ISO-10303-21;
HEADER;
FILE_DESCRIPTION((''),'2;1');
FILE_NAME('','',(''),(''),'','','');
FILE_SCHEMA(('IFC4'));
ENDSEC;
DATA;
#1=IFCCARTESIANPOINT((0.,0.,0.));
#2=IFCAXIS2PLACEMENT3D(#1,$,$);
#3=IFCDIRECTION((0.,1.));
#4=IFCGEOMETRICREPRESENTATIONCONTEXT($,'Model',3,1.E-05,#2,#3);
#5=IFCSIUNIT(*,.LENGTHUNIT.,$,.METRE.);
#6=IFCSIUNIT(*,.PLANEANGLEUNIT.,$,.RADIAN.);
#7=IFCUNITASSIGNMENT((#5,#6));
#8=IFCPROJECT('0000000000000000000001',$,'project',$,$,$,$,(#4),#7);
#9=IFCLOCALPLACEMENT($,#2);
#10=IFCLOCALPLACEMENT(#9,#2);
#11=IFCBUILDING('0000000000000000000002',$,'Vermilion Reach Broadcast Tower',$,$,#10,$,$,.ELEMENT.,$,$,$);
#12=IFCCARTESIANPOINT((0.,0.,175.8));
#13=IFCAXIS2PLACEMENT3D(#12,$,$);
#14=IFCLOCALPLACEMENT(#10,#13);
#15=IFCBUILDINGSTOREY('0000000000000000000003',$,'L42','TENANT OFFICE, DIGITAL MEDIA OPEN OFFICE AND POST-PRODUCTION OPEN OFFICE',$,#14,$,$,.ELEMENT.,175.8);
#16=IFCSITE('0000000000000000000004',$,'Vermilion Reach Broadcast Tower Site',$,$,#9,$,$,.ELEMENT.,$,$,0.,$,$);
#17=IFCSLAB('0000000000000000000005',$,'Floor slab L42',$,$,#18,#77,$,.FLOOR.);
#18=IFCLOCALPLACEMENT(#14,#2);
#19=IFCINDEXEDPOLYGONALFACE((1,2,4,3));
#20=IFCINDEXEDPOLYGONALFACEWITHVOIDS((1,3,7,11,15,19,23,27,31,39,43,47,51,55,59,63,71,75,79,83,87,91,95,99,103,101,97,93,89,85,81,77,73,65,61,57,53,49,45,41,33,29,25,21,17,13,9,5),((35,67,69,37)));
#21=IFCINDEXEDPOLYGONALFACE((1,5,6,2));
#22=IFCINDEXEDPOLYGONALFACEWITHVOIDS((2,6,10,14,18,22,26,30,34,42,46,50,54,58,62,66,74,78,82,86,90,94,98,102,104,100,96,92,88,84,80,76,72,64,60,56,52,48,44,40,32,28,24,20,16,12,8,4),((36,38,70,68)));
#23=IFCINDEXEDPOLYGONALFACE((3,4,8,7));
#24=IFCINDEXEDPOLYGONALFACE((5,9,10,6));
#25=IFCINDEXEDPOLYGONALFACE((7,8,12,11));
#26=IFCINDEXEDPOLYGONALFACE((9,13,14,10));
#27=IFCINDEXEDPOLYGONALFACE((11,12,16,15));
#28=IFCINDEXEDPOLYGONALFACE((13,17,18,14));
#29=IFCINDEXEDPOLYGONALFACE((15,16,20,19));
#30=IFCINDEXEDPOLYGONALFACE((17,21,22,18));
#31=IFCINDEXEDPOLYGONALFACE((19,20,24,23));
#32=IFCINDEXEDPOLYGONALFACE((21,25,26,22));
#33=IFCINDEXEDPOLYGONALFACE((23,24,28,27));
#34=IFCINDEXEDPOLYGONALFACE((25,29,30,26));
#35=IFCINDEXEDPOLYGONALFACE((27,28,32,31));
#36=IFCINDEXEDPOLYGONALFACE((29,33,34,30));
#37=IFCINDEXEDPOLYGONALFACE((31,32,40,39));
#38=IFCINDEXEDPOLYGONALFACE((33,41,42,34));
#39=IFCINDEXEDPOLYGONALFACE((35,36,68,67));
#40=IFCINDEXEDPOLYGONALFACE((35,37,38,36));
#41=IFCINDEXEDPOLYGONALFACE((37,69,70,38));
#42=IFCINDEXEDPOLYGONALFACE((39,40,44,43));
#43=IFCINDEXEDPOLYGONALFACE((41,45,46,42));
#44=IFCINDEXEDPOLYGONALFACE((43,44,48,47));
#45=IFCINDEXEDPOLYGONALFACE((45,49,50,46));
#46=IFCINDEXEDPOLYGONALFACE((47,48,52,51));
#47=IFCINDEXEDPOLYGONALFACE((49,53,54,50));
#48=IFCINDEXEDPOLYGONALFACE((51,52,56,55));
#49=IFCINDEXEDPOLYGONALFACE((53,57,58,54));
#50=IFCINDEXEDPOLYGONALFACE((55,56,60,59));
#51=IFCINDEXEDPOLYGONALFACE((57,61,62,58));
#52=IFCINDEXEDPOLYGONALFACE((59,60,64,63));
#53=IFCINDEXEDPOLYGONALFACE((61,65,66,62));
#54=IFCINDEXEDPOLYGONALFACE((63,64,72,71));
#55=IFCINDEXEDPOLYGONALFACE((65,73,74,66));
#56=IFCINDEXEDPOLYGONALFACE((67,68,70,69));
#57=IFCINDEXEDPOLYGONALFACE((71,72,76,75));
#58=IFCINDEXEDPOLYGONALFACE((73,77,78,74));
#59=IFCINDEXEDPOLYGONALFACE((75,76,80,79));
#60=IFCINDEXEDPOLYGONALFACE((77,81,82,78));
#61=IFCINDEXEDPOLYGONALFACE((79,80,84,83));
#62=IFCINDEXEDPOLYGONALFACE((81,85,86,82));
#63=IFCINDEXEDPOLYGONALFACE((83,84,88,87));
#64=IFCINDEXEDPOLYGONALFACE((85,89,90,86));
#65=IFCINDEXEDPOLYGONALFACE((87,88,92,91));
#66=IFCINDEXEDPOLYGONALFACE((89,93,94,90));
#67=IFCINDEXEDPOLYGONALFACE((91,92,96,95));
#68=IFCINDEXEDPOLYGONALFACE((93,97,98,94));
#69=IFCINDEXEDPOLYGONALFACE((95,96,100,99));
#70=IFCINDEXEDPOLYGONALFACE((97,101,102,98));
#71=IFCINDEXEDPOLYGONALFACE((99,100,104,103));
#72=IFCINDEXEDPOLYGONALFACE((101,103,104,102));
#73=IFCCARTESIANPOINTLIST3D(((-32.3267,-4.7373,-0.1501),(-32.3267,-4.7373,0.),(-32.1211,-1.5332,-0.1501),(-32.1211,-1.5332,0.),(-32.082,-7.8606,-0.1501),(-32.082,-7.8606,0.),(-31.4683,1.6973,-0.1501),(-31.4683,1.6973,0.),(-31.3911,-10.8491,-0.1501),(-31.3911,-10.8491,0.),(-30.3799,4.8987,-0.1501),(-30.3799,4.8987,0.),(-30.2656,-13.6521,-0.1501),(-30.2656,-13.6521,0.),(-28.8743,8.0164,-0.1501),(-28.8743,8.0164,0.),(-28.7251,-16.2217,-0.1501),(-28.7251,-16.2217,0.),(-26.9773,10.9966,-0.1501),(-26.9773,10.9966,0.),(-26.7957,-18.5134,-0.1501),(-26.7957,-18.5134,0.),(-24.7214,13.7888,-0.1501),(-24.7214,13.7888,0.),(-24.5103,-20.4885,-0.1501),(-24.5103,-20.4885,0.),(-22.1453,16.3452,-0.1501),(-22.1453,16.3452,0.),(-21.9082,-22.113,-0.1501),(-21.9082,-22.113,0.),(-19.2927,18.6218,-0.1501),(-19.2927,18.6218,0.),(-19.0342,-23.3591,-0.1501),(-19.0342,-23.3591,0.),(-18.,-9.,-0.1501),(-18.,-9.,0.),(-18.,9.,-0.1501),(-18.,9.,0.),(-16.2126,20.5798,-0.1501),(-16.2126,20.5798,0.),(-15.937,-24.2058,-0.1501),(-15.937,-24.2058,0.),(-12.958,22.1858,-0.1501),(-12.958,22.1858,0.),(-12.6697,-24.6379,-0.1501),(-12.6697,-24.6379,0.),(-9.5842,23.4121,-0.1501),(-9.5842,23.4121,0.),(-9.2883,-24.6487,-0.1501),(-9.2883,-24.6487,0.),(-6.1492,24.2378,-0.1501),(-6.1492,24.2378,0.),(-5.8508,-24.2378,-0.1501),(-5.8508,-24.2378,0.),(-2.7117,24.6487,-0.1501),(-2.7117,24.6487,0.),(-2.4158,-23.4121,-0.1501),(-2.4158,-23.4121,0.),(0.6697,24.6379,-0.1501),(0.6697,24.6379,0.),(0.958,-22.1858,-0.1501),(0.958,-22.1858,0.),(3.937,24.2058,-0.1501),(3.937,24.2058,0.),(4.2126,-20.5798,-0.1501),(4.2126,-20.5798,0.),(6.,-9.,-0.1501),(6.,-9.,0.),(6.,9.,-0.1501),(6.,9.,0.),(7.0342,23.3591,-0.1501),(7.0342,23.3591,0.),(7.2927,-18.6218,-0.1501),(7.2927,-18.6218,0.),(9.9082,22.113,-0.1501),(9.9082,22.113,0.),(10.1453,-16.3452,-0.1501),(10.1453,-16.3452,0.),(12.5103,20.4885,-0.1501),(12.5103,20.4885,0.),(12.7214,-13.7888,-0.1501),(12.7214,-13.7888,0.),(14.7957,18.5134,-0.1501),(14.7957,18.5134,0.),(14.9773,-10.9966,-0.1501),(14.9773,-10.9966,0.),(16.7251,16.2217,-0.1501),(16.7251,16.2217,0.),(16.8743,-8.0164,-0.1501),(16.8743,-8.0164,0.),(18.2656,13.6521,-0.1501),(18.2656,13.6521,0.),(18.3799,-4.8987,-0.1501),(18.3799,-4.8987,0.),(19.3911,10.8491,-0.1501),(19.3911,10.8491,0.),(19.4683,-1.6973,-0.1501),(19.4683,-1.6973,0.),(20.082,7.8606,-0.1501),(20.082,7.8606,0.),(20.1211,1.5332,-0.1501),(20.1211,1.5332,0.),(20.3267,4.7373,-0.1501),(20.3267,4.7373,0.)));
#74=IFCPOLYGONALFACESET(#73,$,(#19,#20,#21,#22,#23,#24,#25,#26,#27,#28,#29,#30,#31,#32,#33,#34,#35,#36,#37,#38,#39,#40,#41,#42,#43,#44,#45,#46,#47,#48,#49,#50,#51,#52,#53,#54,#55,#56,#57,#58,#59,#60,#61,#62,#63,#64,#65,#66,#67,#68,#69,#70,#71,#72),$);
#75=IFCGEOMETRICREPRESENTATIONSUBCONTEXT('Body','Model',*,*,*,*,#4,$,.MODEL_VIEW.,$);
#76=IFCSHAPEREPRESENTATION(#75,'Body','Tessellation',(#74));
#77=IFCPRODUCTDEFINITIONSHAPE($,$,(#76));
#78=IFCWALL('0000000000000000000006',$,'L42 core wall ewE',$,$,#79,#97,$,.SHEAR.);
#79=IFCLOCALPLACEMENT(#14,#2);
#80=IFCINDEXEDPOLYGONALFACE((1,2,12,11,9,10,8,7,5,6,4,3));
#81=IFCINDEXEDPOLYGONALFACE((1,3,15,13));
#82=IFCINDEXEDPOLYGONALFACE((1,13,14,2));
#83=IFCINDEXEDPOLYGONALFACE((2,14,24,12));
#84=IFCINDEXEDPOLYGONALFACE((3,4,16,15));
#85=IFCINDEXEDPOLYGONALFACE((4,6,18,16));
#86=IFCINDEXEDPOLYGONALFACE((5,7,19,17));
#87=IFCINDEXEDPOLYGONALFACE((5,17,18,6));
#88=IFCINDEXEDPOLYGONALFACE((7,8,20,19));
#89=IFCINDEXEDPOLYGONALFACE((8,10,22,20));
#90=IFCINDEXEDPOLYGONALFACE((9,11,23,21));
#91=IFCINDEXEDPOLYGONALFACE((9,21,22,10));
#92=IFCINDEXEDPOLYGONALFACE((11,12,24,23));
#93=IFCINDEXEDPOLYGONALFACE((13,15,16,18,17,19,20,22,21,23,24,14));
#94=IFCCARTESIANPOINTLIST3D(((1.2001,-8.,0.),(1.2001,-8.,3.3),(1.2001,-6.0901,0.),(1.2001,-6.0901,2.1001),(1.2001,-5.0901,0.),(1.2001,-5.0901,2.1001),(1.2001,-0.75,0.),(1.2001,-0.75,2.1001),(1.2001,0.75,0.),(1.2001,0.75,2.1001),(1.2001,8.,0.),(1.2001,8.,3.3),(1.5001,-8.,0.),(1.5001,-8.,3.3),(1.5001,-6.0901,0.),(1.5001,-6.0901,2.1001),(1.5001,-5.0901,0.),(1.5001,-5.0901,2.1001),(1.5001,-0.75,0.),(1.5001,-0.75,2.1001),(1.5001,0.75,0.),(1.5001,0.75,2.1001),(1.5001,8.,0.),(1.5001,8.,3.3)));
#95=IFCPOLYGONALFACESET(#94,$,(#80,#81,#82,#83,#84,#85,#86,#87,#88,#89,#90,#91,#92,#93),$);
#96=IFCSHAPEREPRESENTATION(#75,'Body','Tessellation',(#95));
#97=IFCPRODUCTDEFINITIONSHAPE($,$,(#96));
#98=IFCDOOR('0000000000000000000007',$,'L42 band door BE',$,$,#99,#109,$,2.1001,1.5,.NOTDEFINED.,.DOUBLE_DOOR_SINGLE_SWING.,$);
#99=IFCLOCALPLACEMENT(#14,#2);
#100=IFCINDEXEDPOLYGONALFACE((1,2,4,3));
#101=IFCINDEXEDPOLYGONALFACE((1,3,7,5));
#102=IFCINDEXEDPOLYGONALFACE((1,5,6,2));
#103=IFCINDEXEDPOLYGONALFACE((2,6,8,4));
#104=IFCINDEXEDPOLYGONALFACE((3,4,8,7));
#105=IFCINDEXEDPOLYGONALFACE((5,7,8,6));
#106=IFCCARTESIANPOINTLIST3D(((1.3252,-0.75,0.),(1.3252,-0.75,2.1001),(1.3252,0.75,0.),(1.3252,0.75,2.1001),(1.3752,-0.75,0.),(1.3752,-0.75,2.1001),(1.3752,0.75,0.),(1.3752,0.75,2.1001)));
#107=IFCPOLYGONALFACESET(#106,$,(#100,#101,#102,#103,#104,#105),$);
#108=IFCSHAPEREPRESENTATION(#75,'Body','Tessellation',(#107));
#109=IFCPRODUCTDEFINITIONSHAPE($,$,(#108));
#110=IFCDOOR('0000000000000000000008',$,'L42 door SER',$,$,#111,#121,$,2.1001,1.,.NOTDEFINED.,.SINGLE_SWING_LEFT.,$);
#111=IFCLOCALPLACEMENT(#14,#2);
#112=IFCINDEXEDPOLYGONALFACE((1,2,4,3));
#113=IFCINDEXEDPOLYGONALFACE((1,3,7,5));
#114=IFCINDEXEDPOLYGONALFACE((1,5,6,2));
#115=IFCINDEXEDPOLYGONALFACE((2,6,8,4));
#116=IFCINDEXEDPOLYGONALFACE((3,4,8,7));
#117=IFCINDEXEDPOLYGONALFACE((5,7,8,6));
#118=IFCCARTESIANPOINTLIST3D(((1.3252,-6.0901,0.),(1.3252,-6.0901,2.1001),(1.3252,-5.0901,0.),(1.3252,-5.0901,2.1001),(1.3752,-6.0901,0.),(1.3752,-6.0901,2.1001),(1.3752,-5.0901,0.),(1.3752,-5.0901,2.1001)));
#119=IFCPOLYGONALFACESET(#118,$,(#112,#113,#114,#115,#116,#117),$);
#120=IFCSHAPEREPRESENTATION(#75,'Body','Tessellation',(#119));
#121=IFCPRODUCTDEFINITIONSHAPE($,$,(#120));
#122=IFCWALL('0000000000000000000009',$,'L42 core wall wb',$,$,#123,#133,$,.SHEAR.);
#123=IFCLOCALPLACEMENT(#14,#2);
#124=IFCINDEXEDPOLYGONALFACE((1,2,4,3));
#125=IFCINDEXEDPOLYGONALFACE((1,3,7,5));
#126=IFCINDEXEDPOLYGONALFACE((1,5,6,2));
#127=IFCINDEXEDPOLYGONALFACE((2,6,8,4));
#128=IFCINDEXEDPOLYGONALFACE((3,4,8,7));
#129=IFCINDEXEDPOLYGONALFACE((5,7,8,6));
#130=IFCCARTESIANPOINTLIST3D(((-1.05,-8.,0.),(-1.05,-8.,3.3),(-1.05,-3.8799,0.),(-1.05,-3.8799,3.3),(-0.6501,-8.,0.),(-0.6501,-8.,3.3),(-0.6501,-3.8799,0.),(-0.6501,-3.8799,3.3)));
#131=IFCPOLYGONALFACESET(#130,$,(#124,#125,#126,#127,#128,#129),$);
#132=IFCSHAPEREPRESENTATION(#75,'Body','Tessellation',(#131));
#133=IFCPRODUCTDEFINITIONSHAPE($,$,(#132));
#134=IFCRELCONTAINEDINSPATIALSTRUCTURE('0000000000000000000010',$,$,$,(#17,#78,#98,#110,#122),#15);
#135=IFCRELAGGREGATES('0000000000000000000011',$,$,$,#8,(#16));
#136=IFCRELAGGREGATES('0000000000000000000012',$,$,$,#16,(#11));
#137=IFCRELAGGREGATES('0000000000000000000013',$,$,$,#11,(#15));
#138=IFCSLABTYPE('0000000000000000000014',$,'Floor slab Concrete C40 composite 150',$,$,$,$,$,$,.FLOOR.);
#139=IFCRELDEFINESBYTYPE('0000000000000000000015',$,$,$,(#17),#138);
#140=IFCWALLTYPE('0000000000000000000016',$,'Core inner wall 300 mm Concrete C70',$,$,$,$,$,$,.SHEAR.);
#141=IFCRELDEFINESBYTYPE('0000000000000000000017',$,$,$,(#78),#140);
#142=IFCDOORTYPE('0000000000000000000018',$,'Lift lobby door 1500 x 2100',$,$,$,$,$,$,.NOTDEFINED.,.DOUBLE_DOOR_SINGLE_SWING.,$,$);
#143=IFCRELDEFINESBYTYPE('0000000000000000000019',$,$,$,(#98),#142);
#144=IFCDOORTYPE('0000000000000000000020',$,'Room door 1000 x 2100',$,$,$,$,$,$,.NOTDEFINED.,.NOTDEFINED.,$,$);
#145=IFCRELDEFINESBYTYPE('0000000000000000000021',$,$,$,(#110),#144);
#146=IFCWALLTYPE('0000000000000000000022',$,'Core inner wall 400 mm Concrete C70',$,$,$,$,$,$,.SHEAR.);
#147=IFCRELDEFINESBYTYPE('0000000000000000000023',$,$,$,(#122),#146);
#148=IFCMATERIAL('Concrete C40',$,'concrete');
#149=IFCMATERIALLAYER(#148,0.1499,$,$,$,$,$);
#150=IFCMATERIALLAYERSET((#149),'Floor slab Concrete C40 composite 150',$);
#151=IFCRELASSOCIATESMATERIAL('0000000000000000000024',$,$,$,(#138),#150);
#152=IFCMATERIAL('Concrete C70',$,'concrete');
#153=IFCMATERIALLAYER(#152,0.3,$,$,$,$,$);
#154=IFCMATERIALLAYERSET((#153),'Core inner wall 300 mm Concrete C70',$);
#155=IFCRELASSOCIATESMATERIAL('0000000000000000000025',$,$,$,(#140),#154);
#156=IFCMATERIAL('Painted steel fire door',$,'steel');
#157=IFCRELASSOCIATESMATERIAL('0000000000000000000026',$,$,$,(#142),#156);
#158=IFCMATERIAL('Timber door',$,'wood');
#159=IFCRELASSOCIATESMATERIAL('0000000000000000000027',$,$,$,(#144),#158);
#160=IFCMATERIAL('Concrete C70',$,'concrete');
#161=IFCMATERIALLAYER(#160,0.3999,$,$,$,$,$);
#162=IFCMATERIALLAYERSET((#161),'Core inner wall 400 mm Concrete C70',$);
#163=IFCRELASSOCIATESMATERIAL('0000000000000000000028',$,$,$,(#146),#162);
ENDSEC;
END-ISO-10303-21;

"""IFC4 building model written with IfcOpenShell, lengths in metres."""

from ifc_helpers import new_model, si_unit, direction, frame, frame_2d, origin, place, context, subcontext, project, spatial, polyline, rectangle, outline, extrude, material, layer, layer_set, type_object, element, fill, save


model = new_model("IFC4")

# Units and contexts
model_context = context("Model", 3, precision=1e-05, world=origin(), true_north=direction((0.0, 1.0)))
body_context = subcontext(model_context, "Body", "Model", "MODEL_VIEW")
ifc_project = project(units=[si_unit("LENGTHUNIT", "METRE"), si_unit("PLANEANGLEUNIT", "RADIAN")], contexts=[model_context])

# Site, building, storey
site_placement = place(None, origin())
site = spatial("IfcSite", under=ifc_project, at=site_placement, Name="Vermilion Reach Broadcast Tower Site", CompositionType="ELEMENT", RefElevation=0.0)
building_placement = place(site_placement, origin())
building = spatial("IfcBuilding", under=site, at=building_placement, Name="Vermilion Reach Broadcast Tower", CompositionType="ELEMENT")
storey_placement = place(building_placement, frame((0.0, 0.0, 175.8)))
storey = spatial("IfcBuildingStorey", under=building, at=storey_placement, Name="L42", Description="TENANT OFFICE, DIGITAL MEDIA OPEN OFFICE AND POST-PRODUCTION OPEN OFFICE", CompositionType="ELEMENT", Elevation=175.8)

# Slab
ifc_material_1 = material(Name="Concrete C40", Category="concrete")
ifc_layer_1 = layer(ifc_material_1, 0.1499)
ifc_layer_set_1 = layer_set([ifc_layer_1], Name="Floor slab Concrete C40 composite 150")
slab_type_1 = type_object("IfcSlabType", Name="Floor slab Concrete C40 composite 150", PredefinedType="FLOOR", material=ifc_layer_set_1)
slab_1_placement = place(storey_placement, frame((0.0, 0.0, -0.1501)))
element("IfcSlab", 1, at=slab_1_placement, inside=storey, type_object=slab_type_1, Name="Floor slab L42", PredefinedType="FLOOR", context=body_context, shape_type="SweptSolid", body=[
    extrude(outline(polyline([(16.7251, 16.2217), (14.7957, 18.5134), (12.5103, 20.4885), (9.9082, 22.113), (7.0342, 23.3591), (3.937, 24.2058), (0.6697, 24.6379), (-2.7117, 24.6487), (-6.1492, 24.2378), (-9.5842, 23.4121), (-12.958, 22.1858), (-16.2126, 20.5798), (-19.2927, 18.6218), (-22.1453, 16.3452), (-24.7214, 13.7888), (-26.9773, 10.9966), (-28.8743, 8.0164), (-30.3799, 4.8987), (-31.4683, 1.6973), (-32.1211, -1.5332), (-32.3267, -4.7373), (-32.082, -7.8606), (-31.3911, -10.8491), (-30.2656, -13.6521), (-28.7251, -16.2217), (-26.7957, -18.5134), (-24.5103, -20.4885), (-21.9082, -22.113), (-19.0342, -23.3591), (-15.937, -24.2058), (-12.6697, -24.6379), (-9.2883, -24.6487), (-5.8508, -24.2378), (-2.4158, -23.4121), (0.958, -22.1858), (4.2126, -20.5798), (7.2927, -18.6218), (10.1453, -16.3452), (12.7214, -13.7888), (14.9773, -10.9966), (16.8743, -8.0164), (18.3799, -4.8987), (19.4683, -1.6973), (20.1211, 1.5332), (20.3267, 4.7373), (20.082, 7.8606), (19.3911, 10.8491), (18.2656, 13.6521), (16.7251, 16.2217)]), holes=[polyline([(-18.0, -9.0), (6.0, -9.0), (6.0, 9.0), (-18.0, 9.0), (-18.0, -9.0)])]), origin(), (0.0, 0.0, 1.0), 0.1501),
])

# Wall, openings, doors
ifc_material_2 = material(Name="Concrete C70", Category="concrete")
ifc_layer_2 = layer(ifc_material_2, 0.3)
ifc_layer_set_2 = layer_set([ifc_layer_2], Name="Core inner wall 300 mm Concrete C70")
wall_type_1 = type_object("IfcWallType", Name="Core inner wall 300 mm Concrete C70", PredefinedType="SHEAR", material=ifc_layer_set_2)
wall_1_placement = place(storey_placement, frame((1.3501, -8.0, 0.0), z_axis=(0.0, 0.0, 1.0), x_axis=(0.0, 1.0, 0.0)))
wall_1 = element("IfcWall", 2, at=wall_1_placement, inside=storey, type_object=wall_type_1, Name="L42 core wall ewE", PredefinedType="SHEAR", context=body_context, shape_type="SweptSolid", body=[
    extrude(rectangle(XDim=16.0, YDim=0.3, at=frame_2d((8.0, 0.0))), origin(), (0.0, 0.0, 1.0), 3.3),
])
opening_1_placement = place(wall_1_placement, frame((1.9099, 0.0, 0.0)))
opening_1 = element("IfcOpeningElement", 3, at=opening_1_placement, cuts=wall_1, PredefinedType="OPENING", context=body_context, shape_type="SweptSolid", body=[
    extrude(rectangle(XDim=1.0, YDim=2.1001, at=frame_2d((0.5, 1.05))), frame((0.0, 0.1599, 0.0), z_axis=(0.0, -1.0, 0.0), x_axis=(1.0, 0.0, 0.0)), (0.0, 0.0, 1.0), 0.3201),
])
opening_2_placement = place(wall_1_placement, frame((7.25, 0.0, 0.0)))
opening_2 = element("IfcOpeningElement", 4, at=opening_2_placement, cuts=wall_1, PredefinedType="OPENING", context=body_context, shape_type="SweptSolid", body=[
    extrude(rectangle(XDim=1.5, YDim=2.1001, at=frame_2d((0.75, 1.05))), frame((0.0, 0.1599, 0.0), z_axis=(0.0, -1.0, 0.0), x_axis=(1.0, 0.0, 0.0)), (0.0, 0.0, 1.0), 0.3201),
])
ifc_material_3 = material(Name="Painted steel fire door", Category="steel")
door_type_1 = type_object("IfcDoorType", Name="Lift lobby door 1500 x 2100", OperationType="DOUBLE_DOOR_SINGLE_SWING", PredefinedType="NOTDEFINED", material=ifc_material_3)
door_1_placement = place(opening_2_placement, origin())
door_1 = element("IfcDoor", 5, at=door_1_placement, inside=storey, type_object=door_type_1, Name="L42 band door BE", OperationType="DOUBLE_DOOR_SINGLE_SWING", OverallHeight=2.1001, OverallWidth=1.5, PredefinedType="NOTDEFINED", context=body_context, shape_type="SweptSolid", body=[
    extrude(rectangle(XDim=1.5, YDim=2.1001, at=frame_2d((0.75, 1.05))), frame((0.0, 0.0249, 0.0), z_axis=(0.0, -1.0, 0.0), x_axis=(1.0, 0.0, 0.0)), (0.0, 0.0, 1.0), 0.05),
])
fill(opening_2, door_1)
ifc_material_4 = material(Name="Timber door", Category="wood")
door_type_2 = type_object("IfcDoorType", Name="Room door 1000 x 2100", OperationType="NOTDEFINED", PredefinedType="NOTDEFINED", material=ifc_material_4)
door_2_placement = place(opening_1_placement, origin())
door_2 = element("IfcDoor", 6, at=door_2_placement, inside=storey, type_object=door_type_2, Name="L42 door SER", OperationType="SINGLE_SWING_LEFT", OverallHeight=2.1001, OverallWidth=1.0, PredefinedType="NOTDEFINED", context=body_context, shape_type="SweptSolid", body=[
    extrude(rectangle(XDim=1.0, YDim=2.1001, at=frame_2d((0.5, 1.05))), frame((0.0, 0.0249, 0.0), z_axis=(0.0, -1.0, 0.0), x_axis=(1.0, 0.0, 0.0)), (0.0, 0.0, 1.0), 0.05),
])
fill(opening_1, door_2)

# Wall
ifc_material_5 = material(Name="Concrete C70", Category="concrete")
ifc_layer_3 = layer(ifc_material_5, 0.3999)
ifc_layer_set_3 = layer_set([ifc_layer_3], Name="Core inner wall 400 mm Concrete C70")
wall_type_2 = type_object("IfcWallType", Name="Core inner wall 400 mm Concrete C70", PredefinedType="SHEAR", material=ifc_layer_set_3)
wall_2_placement = place(storey_placement, frame((-0.8501, -3.8799, 0.0), z_axis=(0.0, 0.0, 1.0), x_axis=(0.0, -1.0, 0.0)))
element("IfcWall", 7, at=wall_2_placement, inside=storey, type_object=wall_type_2, Name="L42 core wall wb", PredefinedType="SHEAR", context=body_context, shape_type="SweptSolid", body=[
    extrude(rectangle(XDim=4.1201, YDim=0.3999, at=frame_2d((2.0601, 0.0))), origin(), (0.0, 0.0, 1.0), 3.3),
])

save(model, "model.ifc")
